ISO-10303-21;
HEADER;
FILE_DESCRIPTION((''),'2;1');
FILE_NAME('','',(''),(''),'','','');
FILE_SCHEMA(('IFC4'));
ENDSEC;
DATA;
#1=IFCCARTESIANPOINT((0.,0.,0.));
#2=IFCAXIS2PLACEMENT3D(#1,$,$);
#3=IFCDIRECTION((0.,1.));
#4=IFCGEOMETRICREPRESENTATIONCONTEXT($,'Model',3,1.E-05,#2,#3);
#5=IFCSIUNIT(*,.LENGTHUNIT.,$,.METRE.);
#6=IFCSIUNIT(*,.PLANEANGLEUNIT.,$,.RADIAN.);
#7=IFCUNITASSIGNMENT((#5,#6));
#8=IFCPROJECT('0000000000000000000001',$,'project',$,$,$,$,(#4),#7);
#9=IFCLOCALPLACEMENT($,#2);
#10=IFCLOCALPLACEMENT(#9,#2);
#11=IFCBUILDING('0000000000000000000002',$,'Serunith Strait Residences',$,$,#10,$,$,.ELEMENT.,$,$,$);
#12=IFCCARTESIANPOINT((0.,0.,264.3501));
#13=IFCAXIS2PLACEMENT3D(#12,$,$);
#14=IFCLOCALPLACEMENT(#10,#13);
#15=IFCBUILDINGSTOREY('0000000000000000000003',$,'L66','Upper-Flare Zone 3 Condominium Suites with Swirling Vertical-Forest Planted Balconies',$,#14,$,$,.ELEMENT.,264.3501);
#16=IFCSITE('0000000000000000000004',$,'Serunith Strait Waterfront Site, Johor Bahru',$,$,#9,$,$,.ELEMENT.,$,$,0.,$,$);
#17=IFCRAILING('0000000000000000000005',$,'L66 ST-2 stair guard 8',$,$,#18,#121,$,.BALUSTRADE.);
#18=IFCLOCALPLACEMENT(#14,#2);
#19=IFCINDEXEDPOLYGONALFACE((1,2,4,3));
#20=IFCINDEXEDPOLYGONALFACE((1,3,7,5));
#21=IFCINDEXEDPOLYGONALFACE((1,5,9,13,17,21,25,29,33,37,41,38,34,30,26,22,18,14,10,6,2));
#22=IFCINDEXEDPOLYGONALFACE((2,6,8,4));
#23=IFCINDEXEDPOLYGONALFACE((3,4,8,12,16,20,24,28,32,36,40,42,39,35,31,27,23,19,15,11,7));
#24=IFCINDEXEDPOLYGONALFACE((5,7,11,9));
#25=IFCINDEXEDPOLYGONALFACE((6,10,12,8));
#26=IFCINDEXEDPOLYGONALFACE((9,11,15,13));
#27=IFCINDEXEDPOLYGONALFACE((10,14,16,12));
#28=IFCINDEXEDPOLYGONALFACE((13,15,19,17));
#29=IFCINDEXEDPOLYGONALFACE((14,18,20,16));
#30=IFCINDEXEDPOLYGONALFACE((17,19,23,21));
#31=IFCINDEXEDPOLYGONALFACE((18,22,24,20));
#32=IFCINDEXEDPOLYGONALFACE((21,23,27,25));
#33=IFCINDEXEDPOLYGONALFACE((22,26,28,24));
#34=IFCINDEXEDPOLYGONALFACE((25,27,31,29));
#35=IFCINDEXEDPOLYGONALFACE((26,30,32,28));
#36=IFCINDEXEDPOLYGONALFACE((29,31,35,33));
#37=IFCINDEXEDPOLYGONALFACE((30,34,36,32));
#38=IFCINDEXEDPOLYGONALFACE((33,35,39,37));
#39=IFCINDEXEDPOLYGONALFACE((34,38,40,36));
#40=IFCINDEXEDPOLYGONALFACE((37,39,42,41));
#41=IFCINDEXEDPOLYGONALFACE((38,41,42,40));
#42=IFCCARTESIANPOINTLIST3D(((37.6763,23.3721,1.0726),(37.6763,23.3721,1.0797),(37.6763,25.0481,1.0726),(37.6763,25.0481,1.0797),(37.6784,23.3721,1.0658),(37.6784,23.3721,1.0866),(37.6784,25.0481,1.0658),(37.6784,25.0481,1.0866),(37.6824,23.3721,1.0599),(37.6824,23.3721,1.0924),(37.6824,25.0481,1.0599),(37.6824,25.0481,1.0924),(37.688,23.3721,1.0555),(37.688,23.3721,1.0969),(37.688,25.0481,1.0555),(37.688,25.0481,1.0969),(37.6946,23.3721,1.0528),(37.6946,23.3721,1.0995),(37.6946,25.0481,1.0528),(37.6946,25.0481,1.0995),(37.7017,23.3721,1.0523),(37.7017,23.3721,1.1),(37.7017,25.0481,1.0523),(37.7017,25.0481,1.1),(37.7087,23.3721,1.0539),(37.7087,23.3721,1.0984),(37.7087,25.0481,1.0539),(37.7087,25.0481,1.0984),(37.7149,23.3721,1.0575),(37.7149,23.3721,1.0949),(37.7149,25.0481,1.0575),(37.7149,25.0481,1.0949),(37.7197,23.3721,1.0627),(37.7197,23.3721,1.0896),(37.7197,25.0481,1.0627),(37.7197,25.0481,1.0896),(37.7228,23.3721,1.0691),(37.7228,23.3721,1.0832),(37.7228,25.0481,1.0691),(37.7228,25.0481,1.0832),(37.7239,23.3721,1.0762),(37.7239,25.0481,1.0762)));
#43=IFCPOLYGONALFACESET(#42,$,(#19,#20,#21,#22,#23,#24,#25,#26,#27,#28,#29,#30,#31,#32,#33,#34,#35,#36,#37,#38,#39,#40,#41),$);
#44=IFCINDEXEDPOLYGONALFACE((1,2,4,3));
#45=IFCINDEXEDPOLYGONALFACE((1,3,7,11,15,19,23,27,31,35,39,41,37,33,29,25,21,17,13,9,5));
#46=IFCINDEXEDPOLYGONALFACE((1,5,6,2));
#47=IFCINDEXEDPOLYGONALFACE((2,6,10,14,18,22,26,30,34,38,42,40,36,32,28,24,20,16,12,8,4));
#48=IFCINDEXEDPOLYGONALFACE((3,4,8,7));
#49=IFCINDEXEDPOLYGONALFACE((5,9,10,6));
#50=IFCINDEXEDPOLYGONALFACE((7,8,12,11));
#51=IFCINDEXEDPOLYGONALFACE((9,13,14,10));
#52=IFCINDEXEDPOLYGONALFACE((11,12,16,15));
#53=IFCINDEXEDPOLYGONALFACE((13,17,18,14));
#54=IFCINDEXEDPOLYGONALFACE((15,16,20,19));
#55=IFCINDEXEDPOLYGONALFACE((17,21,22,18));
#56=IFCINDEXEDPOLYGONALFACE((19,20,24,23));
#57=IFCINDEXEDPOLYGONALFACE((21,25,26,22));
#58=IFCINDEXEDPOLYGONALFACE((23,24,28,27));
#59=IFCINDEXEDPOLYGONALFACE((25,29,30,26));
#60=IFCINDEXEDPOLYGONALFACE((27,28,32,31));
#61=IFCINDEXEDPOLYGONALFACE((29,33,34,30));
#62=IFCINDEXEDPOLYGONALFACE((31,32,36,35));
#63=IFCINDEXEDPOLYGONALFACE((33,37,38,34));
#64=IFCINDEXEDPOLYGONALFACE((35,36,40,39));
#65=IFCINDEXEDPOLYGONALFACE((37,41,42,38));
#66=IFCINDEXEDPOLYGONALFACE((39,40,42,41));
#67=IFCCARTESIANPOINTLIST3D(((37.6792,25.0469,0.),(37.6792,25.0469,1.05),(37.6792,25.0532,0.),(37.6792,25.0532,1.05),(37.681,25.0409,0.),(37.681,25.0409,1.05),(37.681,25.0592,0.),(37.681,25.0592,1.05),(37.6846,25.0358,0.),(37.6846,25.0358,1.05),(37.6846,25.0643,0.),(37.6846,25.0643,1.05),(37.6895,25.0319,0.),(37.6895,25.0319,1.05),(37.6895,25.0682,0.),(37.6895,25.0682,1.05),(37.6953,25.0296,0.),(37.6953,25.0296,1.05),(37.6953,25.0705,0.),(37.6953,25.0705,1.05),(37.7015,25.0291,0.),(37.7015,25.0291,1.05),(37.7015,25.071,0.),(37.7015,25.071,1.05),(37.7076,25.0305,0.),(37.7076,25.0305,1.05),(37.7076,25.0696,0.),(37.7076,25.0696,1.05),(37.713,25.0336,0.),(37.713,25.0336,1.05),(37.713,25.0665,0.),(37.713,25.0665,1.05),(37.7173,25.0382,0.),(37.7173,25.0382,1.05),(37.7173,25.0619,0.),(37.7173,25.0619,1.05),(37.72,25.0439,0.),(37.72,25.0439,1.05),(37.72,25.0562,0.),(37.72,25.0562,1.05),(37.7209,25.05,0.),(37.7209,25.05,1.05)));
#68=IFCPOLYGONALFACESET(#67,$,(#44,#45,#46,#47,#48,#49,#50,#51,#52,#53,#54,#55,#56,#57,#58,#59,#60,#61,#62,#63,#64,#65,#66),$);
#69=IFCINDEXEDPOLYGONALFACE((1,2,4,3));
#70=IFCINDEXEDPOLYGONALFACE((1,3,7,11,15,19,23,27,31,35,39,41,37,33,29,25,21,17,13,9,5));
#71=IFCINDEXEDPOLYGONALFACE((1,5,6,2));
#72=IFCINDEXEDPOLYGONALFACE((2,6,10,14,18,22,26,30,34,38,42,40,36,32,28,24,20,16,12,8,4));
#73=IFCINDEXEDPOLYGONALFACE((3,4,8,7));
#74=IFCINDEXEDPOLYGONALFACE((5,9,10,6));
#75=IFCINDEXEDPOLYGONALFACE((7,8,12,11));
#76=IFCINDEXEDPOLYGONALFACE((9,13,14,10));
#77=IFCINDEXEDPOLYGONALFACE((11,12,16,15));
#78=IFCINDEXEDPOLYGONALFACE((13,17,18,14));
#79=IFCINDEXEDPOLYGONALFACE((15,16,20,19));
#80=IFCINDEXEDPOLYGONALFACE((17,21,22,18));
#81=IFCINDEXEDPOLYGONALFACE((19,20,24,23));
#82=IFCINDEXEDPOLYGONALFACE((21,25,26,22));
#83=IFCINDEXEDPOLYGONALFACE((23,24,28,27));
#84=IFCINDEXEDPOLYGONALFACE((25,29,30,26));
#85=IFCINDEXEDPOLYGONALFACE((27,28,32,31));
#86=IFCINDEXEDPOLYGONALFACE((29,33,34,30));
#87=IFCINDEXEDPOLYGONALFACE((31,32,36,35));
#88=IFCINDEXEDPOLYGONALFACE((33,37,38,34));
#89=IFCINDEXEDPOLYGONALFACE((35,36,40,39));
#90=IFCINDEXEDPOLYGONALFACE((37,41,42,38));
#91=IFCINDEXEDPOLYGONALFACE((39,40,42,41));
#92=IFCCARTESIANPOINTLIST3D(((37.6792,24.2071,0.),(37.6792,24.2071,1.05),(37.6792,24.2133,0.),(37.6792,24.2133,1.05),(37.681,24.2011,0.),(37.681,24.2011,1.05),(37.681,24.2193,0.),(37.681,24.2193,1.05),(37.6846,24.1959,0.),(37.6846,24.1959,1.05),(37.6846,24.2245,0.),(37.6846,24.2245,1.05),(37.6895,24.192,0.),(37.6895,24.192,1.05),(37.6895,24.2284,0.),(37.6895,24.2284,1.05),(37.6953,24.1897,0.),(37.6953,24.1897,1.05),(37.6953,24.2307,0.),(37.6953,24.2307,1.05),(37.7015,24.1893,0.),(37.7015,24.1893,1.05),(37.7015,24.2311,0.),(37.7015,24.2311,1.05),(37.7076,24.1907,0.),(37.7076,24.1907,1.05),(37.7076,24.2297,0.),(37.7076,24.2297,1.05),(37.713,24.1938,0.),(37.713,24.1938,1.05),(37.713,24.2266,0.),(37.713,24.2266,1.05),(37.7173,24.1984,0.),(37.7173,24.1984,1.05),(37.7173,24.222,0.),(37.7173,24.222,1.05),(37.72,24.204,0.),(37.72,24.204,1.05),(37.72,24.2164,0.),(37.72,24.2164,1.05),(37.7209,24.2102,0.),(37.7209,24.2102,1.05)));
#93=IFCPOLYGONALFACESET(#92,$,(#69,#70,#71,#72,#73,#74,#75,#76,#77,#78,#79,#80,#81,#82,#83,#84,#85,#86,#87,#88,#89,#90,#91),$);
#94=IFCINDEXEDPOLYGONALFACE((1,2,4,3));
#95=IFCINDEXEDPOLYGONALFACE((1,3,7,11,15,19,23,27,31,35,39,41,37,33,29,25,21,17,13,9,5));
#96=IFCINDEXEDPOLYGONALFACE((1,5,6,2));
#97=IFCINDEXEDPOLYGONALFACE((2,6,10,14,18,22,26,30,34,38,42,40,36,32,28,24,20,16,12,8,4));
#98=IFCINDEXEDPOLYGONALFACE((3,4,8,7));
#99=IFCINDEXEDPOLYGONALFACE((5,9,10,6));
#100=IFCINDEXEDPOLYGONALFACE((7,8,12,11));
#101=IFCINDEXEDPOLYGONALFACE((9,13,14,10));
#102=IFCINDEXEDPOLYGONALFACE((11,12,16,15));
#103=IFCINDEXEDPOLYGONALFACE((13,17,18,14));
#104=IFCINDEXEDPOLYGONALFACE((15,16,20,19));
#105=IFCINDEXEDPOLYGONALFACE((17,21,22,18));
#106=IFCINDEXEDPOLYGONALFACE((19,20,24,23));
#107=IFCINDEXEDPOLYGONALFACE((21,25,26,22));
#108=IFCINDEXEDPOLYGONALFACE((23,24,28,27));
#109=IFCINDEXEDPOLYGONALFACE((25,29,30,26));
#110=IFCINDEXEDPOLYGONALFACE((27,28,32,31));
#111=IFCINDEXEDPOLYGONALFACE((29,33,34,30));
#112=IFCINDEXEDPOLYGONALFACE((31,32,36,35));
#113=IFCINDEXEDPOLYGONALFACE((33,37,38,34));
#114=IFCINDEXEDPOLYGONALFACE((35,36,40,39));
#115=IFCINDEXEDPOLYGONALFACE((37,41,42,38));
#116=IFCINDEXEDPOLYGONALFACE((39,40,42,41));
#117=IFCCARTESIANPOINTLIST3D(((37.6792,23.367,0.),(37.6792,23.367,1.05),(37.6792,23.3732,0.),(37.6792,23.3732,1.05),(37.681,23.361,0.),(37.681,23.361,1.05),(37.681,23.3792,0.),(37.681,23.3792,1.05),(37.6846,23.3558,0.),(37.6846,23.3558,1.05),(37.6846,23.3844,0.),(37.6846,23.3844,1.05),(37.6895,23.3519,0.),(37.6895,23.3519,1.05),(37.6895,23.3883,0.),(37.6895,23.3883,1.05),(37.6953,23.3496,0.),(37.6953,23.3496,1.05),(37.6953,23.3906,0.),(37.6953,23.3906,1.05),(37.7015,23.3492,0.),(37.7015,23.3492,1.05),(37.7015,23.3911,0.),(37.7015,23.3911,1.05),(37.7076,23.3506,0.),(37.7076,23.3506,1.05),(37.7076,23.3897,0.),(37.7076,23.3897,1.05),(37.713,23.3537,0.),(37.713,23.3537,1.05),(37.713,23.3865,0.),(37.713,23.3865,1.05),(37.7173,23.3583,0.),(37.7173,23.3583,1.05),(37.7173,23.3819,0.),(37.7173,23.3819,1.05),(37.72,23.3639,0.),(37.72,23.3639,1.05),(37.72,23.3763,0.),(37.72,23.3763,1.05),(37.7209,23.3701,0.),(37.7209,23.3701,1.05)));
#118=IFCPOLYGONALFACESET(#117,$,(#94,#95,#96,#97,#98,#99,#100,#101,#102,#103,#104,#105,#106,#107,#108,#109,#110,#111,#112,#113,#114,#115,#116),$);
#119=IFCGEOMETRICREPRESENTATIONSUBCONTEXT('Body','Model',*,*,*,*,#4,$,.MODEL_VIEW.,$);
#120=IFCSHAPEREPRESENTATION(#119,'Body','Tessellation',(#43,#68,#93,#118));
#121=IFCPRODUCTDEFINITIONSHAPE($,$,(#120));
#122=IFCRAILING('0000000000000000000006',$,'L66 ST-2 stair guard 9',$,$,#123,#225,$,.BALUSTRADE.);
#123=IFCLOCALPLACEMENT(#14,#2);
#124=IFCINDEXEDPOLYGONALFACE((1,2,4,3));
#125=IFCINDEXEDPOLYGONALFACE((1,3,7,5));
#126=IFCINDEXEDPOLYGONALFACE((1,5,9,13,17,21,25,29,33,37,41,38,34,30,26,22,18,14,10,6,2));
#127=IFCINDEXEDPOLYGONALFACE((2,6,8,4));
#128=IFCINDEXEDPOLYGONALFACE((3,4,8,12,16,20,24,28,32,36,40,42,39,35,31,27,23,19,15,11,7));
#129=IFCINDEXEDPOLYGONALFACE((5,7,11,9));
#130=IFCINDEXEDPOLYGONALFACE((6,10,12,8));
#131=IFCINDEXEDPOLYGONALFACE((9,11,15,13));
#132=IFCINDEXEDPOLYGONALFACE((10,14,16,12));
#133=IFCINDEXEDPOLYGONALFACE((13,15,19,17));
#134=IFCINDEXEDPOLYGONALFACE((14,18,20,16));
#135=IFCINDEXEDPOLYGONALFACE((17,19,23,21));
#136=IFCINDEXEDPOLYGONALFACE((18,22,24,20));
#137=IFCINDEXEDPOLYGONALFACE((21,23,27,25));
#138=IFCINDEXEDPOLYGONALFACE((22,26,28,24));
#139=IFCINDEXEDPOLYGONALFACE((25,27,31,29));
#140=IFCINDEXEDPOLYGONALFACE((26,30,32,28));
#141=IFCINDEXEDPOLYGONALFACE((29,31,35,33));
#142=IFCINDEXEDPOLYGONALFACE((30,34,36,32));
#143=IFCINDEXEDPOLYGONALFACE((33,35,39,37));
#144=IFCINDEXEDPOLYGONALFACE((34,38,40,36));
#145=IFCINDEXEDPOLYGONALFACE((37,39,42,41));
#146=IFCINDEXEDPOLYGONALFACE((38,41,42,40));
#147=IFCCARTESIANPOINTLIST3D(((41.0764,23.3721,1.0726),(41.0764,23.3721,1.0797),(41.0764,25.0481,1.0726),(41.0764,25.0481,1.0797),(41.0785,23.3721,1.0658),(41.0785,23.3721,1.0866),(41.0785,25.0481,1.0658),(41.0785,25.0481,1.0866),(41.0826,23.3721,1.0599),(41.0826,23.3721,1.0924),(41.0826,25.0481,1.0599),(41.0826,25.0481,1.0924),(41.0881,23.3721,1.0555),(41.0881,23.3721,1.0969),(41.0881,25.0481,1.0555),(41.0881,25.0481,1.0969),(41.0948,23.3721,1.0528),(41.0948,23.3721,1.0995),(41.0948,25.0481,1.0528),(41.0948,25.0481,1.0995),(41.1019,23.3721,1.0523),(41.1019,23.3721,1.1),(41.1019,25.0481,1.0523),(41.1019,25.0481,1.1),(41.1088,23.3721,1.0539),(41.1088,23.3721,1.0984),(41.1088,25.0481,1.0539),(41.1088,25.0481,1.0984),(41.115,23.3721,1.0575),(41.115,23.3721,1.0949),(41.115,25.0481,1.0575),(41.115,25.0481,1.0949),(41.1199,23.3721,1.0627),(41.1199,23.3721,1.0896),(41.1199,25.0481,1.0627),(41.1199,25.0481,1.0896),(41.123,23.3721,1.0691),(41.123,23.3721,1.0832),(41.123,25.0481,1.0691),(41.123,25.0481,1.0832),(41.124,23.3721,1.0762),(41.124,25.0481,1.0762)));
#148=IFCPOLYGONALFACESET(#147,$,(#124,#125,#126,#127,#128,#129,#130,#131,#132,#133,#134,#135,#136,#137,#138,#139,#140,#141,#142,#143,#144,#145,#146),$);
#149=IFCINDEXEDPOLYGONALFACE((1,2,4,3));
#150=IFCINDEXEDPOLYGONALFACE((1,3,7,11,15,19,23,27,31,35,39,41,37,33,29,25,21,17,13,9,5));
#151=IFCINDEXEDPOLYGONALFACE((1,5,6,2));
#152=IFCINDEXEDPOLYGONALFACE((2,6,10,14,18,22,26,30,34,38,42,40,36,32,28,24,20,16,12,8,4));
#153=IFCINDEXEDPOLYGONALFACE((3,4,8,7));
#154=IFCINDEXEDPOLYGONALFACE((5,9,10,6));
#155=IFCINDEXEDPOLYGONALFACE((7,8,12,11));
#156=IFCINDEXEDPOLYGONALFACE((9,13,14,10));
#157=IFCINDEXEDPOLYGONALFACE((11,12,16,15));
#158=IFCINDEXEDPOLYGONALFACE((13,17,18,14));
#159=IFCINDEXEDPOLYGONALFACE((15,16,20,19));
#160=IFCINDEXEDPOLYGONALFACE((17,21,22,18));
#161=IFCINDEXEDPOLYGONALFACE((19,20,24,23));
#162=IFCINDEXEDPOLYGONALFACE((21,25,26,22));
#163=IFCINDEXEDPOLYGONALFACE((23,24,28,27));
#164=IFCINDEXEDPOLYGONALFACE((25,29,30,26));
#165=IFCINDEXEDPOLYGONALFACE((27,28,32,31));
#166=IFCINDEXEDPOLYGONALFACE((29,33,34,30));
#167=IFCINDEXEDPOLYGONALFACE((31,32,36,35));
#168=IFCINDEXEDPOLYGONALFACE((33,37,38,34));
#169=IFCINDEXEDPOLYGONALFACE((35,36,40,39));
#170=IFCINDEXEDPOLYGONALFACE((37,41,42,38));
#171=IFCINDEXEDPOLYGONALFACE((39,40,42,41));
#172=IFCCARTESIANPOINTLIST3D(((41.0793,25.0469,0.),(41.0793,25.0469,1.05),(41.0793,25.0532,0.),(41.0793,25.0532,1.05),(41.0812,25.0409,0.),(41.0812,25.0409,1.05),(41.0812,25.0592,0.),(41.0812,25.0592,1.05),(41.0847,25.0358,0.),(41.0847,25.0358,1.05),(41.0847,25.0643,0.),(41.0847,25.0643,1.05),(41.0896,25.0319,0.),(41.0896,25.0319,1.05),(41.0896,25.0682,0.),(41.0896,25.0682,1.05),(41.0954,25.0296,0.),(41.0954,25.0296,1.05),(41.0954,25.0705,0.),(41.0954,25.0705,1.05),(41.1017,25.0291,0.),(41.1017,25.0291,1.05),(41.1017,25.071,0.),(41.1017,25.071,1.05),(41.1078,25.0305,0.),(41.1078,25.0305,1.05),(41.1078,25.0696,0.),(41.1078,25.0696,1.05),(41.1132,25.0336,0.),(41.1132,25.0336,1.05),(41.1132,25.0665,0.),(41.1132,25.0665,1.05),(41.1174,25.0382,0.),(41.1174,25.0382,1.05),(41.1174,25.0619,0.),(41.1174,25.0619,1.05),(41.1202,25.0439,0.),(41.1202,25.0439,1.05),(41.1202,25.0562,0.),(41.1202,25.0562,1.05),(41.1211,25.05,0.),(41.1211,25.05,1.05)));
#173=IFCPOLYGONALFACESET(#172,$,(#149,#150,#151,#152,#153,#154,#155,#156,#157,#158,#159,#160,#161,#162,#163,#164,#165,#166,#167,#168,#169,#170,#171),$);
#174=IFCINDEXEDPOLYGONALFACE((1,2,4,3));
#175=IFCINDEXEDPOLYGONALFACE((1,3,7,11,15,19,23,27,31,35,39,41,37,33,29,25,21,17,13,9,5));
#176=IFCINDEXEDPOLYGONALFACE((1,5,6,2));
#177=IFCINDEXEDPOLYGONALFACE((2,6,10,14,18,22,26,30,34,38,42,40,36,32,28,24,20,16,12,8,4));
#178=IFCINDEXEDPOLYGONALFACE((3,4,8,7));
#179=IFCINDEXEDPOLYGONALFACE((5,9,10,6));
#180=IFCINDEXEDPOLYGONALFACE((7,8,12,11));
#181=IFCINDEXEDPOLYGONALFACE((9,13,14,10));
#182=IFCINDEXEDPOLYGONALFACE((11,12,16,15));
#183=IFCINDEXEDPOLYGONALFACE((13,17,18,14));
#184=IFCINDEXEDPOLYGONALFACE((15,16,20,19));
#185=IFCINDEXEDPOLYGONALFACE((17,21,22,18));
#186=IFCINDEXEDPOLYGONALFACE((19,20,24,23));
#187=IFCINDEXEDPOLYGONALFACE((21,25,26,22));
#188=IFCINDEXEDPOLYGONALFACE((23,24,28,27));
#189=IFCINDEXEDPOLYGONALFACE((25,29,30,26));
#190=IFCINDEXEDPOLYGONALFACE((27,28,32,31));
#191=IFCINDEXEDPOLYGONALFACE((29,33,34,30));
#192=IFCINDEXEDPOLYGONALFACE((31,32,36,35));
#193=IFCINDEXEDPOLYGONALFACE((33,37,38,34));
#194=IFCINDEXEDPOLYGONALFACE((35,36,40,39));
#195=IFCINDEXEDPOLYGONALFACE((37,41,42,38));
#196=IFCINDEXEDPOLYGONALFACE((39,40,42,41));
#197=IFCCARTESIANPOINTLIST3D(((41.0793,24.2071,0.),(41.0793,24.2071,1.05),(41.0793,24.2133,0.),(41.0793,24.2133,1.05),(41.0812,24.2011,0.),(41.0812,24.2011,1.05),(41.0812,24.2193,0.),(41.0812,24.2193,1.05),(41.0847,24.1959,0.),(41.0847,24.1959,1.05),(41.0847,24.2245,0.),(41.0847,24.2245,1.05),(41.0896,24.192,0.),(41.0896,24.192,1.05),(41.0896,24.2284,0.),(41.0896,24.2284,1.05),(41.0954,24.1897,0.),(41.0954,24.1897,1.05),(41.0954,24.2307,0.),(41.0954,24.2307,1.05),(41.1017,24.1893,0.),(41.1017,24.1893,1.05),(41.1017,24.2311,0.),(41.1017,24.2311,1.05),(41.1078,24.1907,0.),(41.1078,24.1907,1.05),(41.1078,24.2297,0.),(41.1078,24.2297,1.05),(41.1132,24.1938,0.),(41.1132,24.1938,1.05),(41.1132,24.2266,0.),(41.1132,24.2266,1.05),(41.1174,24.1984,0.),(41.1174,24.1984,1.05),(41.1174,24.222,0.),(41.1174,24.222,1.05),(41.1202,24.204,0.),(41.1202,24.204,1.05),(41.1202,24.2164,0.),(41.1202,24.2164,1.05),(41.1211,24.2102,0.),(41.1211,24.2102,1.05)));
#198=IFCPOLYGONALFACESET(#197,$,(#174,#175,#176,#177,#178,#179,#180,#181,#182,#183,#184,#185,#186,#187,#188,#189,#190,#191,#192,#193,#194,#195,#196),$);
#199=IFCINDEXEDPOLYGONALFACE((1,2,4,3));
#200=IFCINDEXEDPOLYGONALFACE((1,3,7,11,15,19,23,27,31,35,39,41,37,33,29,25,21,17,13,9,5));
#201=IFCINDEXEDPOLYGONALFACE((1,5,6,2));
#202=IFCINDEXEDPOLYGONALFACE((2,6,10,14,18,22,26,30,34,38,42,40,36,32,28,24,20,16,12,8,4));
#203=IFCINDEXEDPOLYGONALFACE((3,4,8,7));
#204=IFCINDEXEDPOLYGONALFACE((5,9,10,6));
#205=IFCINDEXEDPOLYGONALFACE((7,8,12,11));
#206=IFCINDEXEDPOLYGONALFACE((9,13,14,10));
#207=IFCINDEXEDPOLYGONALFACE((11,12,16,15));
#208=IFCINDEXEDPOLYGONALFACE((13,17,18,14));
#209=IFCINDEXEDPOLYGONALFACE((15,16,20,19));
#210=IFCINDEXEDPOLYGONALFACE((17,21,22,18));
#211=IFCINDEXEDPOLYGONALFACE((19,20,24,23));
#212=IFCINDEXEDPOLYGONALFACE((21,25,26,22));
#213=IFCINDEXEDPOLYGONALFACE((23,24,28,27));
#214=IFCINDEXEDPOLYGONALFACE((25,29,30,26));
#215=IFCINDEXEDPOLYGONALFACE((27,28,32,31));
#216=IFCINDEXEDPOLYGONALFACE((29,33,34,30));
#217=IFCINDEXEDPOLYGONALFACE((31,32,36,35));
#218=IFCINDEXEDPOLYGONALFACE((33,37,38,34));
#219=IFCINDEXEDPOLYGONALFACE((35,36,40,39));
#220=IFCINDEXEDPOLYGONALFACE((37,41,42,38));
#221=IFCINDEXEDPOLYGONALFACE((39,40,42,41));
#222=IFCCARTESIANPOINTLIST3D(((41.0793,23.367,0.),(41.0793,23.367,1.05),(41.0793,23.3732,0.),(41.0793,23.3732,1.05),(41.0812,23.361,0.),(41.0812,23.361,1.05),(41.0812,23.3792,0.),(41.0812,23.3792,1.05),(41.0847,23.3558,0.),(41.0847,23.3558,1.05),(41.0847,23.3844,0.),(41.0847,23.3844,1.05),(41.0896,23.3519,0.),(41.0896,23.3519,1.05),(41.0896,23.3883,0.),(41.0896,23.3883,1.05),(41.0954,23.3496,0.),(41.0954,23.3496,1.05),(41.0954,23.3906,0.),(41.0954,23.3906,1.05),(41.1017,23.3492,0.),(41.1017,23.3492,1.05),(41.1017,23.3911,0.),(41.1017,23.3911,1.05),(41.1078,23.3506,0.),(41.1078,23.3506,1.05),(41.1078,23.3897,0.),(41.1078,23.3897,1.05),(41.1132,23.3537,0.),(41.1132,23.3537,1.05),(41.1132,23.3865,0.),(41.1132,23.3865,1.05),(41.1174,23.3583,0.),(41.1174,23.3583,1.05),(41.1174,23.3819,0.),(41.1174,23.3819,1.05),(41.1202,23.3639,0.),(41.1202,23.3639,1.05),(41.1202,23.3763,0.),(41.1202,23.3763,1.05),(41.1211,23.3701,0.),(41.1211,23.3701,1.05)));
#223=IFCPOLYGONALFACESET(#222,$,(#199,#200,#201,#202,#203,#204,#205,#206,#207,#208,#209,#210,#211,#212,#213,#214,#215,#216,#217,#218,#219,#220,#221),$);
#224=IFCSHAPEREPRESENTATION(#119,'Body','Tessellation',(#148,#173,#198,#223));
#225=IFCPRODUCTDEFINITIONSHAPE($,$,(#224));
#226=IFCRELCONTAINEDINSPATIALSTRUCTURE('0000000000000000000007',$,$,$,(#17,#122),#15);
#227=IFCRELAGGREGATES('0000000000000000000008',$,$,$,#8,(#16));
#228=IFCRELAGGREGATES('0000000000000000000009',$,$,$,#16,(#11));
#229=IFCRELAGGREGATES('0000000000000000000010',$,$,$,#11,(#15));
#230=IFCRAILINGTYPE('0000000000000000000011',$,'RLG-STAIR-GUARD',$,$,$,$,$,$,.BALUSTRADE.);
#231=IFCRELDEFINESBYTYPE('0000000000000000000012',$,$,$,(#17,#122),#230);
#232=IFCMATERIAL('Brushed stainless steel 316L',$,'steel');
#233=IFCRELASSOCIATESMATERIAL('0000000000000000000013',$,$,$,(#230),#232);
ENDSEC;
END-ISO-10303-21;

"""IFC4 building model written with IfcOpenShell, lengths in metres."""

from ifc_helpers import new_model, si_unit, direction, frame, origin, origin_2d, place, context, subcontext, project, spatial, circle, extrude, material, type_object, element, save


model = new_model("IFC4")

# Units and contexts
model_context = context("Model", 3, precision=1e-05, world=origin(), true_north=direction((0.0, 1.0)))
body_context = subcontext(model_context, "Body", "Model", "MODEL_VIEW")
ifc_project = project(units=[si_unit("LENGTHUNIT", "METRE"), si_unit("PLANEANGLEUNIT", "RADIAN")], contexts=[model_context])

# Site, building, storey
site_placement = place(None, origin())
site = spatial("IfcSite", under=ifc_project, at=site_placement, Name="Serunith Strait Waterfront Site, Johor Bahru", CompositionType="ELEMENT", RefElevation=0.0)
building_placement = place(site_placement, origin())
building = spatial("IfcBuilding", under=site, at=building_placement, Name="Serunith Strait Residences", CompositionType="ELEMENT")
storey_placement = place(building_placement, frame((0.0, 0.0, 264.3501)))
storey = spatial("IfcBuildingStorey", under=building, at=storey_placement, Name="L66", Description="Upper-Flare Zone 3 Condominium Suites with Swirling Vertical-Forest Planted Balconies", CompositionType="ELEMENT", Elevation=264.3501)

# Railings
ifc_material_1 = material(Name="Brushed stainless steel 316L", Category="steel")
railing_type = type_object("IfcRailingType", Name="RLG-STAIR-GUARD", PredefinedType="BALUSTRADE", material=ifc_material_1)
for number, where, name in (
    (1, (37.7, 25.05, 0.0), "L66 ST-2 stair guard 8"),
    (2, (41.1001, 25.05, 0.0), "L66 ST-2 stair guard 9"),
):
    element("IfcRailing", number, at=place(storey_placement, frame(where)), inside=storey, type_object=railing_type, Name=name, PredefinedType="BALUSTRADE", context=body_context, shape_type="SweptSolid", body=[
        extrude(circle(Radius=0.0239, at=origin_2d()), frame((0.0, -0.002, 1.0762), z_axis=(0.0, -1.0, 0.0), x_axis=(1.0, 0.0, 0.0)), (0.0, 0.0, 1.0), 1.676),
        extrude(circle(Radius=0.021, at=origin_2d()), origin(), (0.0, 0.0, 1.0), 1.05),
        extrude(circle(Radius=0.021, at=origin_2d()), frame((0.0, -0.8398, 0.0)), (0.0, 0.0, 1.0), 1.05),
        extrude(circle(Radius=0.021, at=origin_2d()), frame((0.0, -1.6799, 0.0)), (0.0, 0.0, 1.0), 1.05),
    ])

save(model, "model.ifc")
